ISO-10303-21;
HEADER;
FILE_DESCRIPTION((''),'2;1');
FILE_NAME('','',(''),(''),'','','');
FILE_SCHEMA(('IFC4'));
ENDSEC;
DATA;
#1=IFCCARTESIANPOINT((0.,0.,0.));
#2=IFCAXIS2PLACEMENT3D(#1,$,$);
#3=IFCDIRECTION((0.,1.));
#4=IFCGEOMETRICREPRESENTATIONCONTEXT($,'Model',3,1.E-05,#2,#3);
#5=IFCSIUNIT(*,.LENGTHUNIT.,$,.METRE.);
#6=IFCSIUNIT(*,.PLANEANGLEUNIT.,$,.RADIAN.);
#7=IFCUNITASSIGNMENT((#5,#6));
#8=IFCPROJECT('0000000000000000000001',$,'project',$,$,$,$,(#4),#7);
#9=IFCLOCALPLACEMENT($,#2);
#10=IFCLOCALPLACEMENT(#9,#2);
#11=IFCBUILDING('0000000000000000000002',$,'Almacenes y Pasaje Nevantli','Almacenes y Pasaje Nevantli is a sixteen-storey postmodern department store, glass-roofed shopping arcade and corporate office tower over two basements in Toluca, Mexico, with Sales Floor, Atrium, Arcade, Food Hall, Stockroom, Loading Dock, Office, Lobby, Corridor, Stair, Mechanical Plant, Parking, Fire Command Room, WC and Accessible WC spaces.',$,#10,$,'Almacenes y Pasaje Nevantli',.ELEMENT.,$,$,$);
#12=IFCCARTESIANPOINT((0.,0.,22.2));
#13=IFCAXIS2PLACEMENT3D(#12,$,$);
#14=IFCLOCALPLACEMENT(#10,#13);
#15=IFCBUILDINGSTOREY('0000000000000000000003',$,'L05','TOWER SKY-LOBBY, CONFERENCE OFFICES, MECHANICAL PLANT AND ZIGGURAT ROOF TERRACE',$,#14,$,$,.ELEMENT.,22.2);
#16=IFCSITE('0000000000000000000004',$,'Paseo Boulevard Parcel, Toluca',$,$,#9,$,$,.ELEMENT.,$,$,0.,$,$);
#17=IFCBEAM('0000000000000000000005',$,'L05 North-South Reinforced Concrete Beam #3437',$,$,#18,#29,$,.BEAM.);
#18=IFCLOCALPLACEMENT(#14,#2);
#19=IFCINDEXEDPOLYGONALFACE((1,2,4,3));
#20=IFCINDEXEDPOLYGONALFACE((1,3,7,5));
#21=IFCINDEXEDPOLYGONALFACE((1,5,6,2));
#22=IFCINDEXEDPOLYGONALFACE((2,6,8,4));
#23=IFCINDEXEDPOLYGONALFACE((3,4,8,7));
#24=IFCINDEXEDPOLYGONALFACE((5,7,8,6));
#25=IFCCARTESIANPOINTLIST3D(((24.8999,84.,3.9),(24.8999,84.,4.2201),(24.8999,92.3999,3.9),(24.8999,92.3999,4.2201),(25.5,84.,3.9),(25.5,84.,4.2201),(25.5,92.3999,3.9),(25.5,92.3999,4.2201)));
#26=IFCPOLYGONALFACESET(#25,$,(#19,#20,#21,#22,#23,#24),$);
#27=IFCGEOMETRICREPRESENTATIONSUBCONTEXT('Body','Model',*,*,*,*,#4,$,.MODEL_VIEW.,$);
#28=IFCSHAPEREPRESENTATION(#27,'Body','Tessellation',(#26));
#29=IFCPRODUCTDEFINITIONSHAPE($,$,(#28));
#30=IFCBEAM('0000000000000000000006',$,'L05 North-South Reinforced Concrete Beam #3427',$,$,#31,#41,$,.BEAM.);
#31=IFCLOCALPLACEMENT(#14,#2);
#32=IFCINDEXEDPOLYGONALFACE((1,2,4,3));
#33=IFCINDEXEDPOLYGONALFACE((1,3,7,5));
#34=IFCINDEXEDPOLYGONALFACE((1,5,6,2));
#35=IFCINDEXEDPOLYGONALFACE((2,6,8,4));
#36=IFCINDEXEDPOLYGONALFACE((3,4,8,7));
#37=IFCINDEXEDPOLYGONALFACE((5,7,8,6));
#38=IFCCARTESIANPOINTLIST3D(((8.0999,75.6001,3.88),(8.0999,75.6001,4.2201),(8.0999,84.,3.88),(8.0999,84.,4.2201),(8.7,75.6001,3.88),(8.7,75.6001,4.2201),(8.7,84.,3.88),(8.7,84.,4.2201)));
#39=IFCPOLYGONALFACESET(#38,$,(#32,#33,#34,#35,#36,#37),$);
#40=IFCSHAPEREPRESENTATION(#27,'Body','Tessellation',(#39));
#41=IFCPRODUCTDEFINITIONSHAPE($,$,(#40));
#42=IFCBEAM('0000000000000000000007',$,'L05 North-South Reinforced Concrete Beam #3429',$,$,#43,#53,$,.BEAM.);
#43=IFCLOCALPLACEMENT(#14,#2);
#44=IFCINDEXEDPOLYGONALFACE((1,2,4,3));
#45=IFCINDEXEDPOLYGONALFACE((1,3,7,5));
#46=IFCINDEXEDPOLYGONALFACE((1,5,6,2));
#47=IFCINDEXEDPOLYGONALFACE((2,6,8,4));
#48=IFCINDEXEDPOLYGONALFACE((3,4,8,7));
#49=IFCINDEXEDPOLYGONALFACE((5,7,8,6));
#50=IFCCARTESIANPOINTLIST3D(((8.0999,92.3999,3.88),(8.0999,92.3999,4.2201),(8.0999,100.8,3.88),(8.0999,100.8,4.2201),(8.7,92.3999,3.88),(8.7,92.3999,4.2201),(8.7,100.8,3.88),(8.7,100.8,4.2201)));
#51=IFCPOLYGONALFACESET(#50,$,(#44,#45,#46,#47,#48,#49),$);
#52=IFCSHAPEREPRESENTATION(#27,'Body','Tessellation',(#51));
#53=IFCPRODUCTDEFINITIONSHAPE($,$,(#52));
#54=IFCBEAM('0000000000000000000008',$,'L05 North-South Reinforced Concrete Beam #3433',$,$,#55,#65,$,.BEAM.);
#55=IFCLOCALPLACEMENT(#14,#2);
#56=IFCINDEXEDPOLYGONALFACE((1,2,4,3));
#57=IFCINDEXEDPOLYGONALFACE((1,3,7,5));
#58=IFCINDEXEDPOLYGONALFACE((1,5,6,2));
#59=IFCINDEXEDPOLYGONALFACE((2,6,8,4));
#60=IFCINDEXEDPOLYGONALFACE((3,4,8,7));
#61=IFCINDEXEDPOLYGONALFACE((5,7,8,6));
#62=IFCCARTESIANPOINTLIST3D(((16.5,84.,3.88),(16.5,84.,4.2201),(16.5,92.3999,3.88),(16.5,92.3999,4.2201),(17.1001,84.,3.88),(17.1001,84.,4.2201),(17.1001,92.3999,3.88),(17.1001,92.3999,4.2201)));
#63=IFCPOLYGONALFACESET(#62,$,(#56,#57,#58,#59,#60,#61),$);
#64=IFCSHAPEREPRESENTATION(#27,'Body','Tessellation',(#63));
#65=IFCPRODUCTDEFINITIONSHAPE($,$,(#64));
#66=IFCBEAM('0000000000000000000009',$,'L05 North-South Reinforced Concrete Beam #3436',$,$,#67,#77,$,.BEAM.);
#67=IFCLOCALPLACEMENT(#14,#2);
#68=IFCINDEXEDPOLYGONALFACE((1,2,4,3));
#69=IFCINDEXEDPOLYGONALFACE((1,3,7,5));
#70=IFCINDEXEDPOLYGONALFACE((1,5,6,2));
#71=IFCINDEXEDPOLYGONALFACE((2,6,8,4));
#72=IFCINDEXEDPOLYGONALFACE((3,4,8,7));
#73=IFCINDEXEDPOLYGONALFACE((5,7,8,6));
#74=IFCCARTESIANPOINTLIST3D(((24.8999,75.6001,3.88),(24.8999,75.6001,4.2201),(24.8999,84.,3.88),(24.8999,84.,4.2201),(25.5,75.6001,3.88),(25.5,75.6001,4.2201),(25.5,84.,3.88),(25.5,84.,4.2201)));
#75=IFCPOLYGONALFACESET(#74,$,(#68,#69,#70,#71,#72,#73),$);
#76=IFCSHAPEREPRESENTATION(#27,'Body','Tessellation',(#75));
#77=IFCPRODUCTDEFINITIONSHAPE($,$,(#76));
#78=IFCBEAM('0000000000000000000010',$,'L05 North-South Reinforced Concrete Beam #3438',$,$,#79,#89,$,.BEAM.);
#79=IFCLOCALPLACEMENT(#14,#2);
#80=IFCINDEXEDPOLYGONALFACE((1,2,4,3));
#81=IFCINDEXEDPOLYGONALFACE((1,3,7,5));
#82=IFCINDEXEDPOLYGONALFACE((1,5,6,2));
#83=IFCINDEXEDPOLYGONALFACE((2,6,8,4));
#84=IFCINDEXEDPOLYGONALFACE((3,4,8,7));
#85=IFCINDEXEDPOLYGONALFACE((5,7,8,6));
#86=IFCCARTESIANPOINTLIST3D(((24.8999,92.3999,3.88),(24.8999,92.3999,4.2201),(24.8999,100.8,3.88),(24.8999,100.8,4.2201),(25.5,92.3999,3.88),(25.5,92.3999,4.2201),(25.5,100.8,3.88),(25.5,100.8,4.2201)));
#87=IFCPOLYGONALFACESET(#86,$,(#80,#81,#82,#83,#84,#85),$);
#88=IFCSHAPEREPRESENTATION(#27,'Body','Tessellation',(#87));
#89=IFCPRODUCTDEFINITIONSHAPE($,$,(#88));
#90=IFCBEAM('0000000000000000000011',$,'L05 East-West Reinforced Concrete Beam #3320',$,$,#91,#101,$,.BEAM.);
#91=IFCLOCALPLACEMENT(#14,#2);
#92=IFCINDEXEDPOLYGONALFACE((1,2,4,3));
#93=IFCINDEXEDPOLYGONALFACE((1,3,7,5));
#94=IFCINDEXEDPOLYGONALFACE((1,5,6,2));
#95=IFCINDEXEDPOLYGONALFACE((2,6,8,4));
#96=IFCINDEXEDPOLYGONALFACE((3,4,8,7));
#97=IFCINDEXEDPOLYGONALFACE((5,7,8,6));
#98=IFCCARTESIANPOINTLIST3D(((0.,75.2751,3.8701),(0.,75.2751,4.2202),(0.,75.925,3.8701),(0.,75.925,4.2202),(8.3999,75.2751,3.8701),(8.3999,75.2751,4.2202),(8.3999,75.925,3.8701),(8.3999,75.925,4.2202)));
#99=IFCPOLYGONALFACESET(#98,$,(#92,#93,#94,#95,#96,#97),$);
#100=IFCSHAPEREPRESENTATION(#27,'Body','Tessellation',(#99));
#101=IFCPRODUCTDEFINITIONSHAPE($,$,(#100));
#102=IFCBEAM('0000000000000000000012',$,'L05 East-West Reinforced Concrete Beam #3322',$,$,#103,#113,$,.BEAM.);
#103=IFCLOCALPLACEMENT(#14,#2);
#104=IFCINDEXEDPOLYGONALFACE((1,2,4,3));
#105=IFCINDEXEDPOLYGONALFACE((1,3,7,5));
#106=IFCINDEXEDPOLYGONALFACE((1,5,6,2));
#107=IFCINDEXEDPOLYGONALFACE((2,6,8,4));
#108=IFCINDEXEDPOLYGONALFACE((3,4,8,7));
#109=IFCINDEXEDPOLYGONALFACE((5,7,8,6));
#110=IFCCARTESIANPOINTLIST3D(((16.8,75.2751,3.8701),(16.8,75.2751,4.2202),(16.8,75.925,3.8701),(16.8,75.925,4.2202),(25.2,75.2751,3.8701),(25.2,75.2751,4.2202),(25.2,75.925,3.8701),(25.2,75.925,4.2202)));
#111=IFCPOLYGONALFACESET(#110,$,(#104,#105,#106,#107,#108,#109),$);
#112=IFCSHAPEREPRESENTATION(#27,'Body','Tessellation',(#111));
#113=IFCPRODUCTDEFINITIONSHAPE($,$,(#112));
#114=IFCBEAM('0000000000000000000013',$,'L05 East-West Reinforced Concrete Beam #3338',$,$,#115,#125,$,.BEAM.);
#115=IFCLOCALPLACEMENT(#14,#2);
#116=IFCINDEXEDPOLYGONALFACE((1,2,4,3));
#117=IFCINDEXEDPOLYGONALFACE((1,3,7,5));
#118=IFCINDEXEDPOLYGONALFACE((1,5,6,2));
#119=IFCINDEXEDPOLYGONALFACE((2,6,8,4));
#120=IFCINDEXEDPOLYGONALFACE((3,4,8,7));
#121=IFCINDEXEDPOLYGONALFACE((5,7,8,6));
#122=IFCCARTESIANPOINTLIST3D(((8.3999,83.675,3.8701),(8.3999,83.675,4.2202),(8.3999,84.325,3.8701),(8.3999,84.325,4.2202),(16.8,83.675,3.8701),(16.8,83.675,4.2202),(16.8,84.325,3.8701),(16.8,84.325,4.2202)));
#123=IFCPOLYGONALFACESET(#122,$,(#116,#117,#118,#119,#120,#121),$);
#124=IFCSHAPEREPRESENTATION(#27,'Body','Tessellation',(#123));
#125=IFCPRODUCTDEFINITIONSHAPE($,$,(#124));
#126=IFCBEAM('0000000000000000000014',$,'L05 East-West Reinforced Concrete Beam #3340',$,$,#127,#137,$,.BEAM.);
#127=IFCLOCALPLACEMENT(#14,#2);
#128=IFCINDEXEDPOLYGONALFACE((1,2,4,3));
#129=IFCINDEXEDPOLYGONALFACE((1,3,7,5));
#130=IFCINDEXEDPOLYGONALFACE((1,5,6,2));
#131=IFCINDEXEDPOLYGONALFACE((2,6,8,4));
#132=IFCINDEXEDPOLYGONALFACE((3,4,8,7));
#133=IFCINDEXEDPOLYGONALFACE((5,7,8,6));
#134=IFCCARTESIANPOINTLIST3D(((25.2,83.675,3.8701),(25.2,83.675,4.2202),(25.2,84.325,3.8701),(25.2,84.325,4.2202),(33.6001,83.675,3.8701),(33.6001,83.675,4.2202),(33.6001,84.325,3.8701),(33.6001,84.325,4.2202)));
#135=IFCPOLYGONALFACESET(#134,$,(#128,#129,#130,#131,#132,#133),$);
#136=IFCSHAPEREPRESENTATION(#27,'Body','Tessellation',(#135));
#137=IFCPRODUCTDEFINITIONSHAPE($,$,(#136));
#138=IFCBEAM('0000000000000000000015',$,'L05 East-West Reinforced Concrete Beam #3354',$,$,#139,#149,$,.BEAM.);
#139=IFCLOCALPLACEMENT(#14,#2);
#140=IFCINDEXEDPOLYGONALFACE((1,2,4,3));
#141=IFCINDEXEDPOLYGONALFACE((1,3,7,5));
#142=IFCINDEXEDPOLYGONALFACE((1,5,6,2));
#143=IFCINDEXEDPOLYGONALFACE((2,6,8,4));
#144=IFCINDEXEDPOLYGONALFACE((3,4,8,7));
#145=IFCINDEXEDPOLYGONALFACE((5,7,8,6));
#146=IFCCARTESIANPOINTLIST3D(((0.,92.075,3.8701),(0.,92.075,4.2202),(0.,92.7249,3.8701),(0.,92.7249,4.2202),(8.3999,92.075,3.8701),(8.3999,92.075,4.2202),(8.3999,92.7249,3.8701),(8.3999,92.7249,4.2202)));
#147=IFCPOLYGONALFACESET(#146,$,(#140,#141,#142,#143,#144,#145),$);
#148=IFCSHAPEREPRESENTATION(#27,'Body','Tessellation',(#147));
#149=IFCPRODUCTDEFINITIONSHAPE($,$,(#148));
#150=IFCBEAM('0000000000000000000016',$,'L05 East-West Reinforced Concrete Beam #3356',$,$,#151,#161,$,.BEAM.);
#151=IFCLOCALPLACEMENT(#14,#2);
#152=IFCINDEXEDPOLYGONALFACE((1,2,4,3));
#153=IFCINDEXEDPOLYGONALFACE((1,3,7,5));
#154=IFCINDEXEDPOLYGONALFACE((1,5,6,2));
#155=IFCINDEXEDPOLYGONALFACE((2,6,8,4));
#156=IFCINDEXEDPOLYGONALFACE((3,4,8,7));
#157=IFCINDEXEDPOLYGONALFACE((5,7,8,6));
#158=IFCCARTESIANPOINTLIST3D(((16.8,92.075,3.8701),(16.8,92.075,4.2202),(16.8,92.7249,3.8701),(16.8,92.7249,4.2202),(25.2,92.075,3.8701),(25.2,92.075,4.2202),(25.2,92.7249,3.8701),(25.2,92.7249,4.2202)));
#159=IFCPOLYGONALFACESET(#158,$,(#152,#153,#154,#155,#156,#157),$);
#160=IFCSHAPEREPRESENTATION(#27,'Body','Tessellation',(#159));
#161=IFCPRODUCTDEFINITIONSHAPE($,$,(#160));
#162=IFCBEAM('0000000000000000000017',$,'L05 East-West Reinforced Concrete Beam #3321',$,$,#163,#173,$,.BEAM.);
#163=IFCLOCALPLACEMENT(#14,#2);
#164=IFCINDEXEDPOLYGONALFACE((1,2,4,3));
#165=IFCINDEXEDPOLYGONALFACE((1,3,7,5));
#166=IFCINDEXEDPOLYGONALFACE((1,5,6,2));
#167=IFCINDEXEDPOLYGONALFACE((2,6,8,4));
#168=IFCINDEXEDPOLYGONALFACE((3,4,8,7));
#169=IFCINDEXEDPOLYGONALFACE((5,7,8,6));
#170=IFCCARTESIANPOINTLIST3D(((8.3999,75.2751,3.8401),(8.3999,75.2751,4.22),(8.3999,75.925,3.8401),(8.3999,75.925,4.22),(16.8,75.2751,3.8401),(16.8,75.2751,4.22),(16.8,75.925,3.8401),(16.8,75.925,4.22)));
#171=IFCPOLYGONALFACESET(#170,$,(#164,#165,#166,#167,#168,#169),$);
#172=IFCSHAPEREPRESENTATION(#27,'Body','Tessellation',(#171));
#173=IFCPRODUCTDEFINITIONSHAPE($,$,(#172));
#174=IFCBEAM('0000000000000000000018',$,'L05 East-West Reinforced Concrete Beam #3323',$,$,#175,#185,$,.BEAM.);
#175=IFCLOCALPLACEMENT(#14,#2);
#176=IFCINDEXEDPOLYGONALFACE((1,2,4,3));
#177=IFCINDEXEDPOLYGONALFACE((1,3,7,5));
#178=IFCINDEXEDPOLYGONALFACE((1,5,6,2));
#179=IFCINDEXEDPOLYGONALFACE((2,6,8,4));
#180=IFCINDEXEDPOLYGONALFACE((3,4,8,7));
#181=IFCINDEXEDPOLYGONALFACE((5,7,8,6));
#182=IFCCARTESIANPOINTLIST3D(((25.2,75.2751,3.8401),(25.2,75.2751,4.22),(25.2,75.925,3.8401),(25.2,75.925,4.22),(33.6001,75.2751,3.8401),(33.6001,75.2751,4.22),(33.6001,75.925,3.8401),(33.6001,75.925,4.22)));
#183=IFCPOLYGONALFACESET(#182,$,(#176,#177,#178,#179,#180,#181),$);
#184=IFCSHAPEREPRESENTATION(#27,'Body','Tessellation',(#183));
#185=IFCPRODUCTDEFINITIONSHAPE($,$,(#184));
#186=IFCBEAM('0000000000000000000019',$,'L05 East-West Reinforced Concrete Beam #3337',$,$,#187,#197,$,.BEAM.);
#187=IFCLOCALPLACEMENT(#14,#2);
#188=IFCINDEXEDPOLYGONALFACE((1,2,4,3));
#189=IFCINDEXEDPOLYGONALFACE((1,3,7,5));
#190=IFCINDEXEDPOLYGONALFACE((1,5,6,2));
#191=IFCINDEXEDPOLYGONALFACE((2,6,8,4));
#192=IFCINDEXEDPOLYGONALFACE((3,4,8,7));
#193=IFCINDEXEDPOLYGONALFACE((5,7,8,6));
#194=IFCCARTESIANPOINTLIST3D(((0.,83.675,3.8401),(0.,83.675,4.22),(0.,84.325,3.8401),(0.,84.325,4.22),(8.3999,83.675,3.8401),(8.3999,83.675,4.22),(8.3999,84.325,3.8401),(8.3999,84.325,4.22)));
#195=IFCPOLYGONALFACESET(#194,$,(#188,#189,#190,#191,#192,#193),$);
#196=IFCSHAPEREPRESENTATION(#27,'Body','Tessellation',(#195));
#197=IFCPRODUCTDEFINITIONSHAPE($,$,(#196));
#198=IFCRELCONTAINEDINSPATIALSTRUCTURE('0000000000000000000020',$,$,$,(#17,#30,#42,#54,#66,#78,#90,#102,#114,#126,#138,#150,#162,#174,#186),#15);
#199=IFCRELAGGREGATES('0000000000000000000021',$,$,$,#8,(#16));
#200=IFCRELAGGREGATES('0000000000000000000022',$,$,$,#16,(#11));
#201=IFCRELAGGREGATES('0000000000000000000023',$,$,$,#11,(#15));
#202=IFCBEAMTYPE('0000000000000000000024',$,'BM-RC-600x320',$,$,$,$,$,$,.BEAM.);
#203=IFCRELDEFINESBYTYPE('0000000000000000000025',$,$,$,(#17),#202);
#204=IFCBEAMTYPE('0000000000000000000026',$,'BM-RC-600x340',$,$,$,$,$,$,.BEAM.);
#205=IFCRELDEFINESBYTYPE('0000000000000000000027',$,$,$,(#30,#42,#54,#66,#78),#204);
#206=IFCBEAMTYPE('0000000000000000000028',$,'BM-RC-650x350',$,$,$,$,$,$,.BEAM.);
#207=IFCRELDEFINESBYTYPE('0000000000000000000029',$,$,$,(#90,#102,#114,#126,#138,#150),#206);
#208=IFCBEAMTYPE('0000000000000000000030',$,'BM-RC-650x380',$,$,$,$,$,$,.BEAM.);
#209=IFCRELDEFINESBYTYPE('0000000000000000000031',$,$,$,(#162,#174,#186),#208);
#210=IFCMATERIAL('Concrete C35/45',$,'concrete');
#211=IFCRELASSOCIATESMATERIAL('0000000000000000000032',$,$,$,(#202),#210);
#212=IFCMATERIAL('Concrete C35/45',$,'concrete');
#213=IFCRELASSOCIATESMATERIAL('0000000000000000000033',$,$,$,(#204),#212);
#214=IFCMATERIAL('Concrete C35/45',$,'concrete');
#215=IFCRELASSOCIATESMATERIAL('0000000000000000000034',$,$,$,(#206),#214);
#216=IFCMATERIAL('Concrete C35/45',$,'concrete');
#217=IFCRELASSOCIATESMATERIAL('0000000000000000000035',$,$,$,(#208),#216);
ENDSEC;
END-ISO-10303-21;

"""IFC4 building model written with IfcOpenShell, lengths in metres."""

from ifc_helpers import new_model, si_unit, direction, frame, origin, origin_2d, place, context, subcontext, project, spatial, rectangle, extrude, material, material_profile, profile_set, type_object, element, save


model = new_model("IFC4")

# Units and contexts
model_context = context("Model", 3, precision=1e-05, world=origin(), true_north=direction((0.0, 1.0)))
body_context = subcontext(model_context, "Body", "Model", "MODEL_VIEW")
ifc_project = project(units=[si_unit("LENGTHUNIT", "METRE"), si_unit("PLANEANGLEUNIT", "RADIAN")], contexts=[model_context])

# Site, building, storey
site_placement = place(None, origin())
site = spatial("IfcSite", under=ifc_project, at=site_placement, Name="Paseo Boulevard Parcel, Toluca", CompositionType="ELEMENT", RefElevation=0.0)
building_placement = place(site_placement, origin())
building = spatial("IfcBuilding", under=site, at=building_placement, Name="Almacenes y Pasaje Nevantli", Description="Almacenes y Pasaje Nevantli is a sixteen-storey postmodern department store, glass-roofed shopping arcade and corporate office tower over two basements in Toluca, Mexico, with Sales Floor, Atrium, Arcade, Food Hall, Stockroom, Loading Dock, Office, Lobby, Corridor, Stair, Mechanical Plant, Parking, Fire Command Room, WC and Accessible WC spaces.", LongName="Almacenes y Pasaje Nevantli", CompositionType="ELEMENT")
storey_placement = place(building_placement, frame((0.0, 0.0, 22.2)))
storey = spatial("IfcBuildingStorey", under=building, at=storey_placement, Name="L05", Description="TOWER SKY-LOBBY, CONFERENCE OFFICES, MECHANICAL PLANT AND ZIGGURAT ROOF TERRACE", CompositionType="ELEMENT", Elevation=22.2)

# Beams
ifc_material_1 = material(Name="Concrete C35/45", Category="concrete")
ifc_material_profile_1 = material_profile(ifc_material_1, rectangle(XDim=0.6001, YDim=0.3201, at=origin_2d()), Name="RC-BM-600x320")
ifc_profile_set_1 = profile_set([ifc_material_profile_1], Name="Concrete C35/45")
beam_type_1 = type_object("IfcBeamType", Name="BM-RC-600x320", PredefinedType="BEAM", material=ifc_profile_set_1)
for number, where, z_axis, x_axis, name in (
    (1, (25.2, 84.0, 4.0601), (0.0, 1.0, 0.0), (-1.0, 0.0, 0.0), "L05 North-South Reinforced Concrete Beam #3437"),
):
    element("IfcBeam", number, at=place(storey_placement, frame(where, z_axis=z_axis, x_axis=x_axis)), inside=storey, type_object=beam_type_1, Name=name, PredefinedType="BEAM", context=body_context, shape_type="SweptSolid", body=[
        extrude(rectangle(XDim=0.6001, YDim=0.3201, at=origin_2d()), origin(), (0.0, 0.0, 1.0), 8.3999),
    ])
ifc_material_2 = material(Name="Concrete C35/45", Category="concrete")
ifc_material_profile_2 = material_profile(ifc_material_2, rectangle(XDim=0.6001, YDim=0.3401, at=origin_2d()), Name="RC-BM-600x340")
ifc_profile_set_2 = profile_set([ifc_material_profile_2], Name="Concrete C35/45")
beam_type_2 = type_object("IfcBeamType", Name="BM-RC-600x340", PredefinedType="BEAM", material=ifc_profile_set_2)
beam_1_placement = place(storey_placement, frame((8.3999, 75.6001, 4.05), z_axis=(0.0, 1.0, 0.0), x_axis=(-1.0, 0.0, 0.0)))
element("IfcBeam", 2, at=beam_1_placement, inside=storey, type_object=beam_type_2, Name="L05 North-South Reinforced Concrete Beam #3427", PredefinedType="BEAM", context=body_context, shape_type="SweptSolid", body=[
    extrude(rectangle(XDim=0.6001, YDim=0.3401, at=origin_2d()), origin(), (0.0, 0.0, 1.0), 8.3999),
])
beam_2_placement = place(storey_placement, frame((8.3999, 92.3999, 4.05), z_axis=(0.0, 1.0, 0.0), x_axis=(-1.0, 0.0, 0.0)))
element("IfcBeam", 3, at=beam_2_placement, inside=storey, type_object=beam_type_2, Name="L05 North-South Reinforced Concrete Beam #3429", PredefinedType="BEAM", context=body_context, shape_type="SweptSolid", body=[
    extrude(rectangle(XDim=0.6001, YDim=0.3401, at=origin_2d()), origin(), (0.0, 0.0, 1.0), 8.4001),
])
for number, where, z_axis, x_axis, name in (
    (4, (16.8, 84.0, 4.05), (0.0, 1.0, 0.0), (-1.0, 0.0, 0.0), "L05 North-South Reinforced Concrete Beam #3433"),
    (5, (25.2, 75.6001, 4.05), (0.0, 1.0, 0.0), (-1.0, 0.0, 0.0), "L05 North-South Reinforced Concrete Beam #3436"),
):
    element("IfcBeam", number, at=place(storey_placement, frame(where, z_axis=z_axis, x_axis=x_axis)), inside=storey, type_object=beam_type_2, Name=name, PredefinedType="BEAM", context=body_context, shape_type="SweptSolid", body=[
        extrude(rectangle(XDim=0.6001, YDim=0.3401, at=origin_2d()), origin(), (0.0, 0.0, 1.0), 8.3999),
    ])
beam_3_placement = place(storey_placement, frame((25.2, 92.3999, 4.05), z_axis=(0.0, 1.0, 0.0), x_axis=(-1.0, 0.0, 0.0)))
element("IfcBeam", 6, at=beam_3_placement, inside=storey, type_object=beam_type_2, Name="L05 North-South Reinforced Concrete Beam #3438", PredefinedType="BEAM", context=body_context, shape_type="SweptSolid", body=[
    extrude(rectangle(XDim=0.6001, YDim=0.3401, at=origin_2d()), origin(), (0.0, 0.0, 1.0), 8.4001),
])
ifc_material_3 = material(Name="Concrete C35/45", Category="concrete")
ifc_material_profile_3 = material_profile(ifc_material_3, rectangle(XDim=0.6499, YDim=0.3501, at=origin_2d()), Name="RC-BM-650x350")
ifc_profile_set_3 = profile_set([ifc_material_profile_3], Name="Concrete C35/45")
beam_type_3 = type_object("IfcBeamType", Name="BM-RC-650x350", PredefinedType="BEAM", material=ifc_profile_set_3)
for number, where, z_axis, x_axis, name in (
    (7, (0.0, 75.6001, 4.0452), (1.0, 0.0, 0.0), (0.0, 1.0, 0.0), "L05 East-West Reinforced Concrete Beam #3320"),
    (8, (16.8, 75.6001, 4.0452), (1.0, 0.0, 0.0), (0.0, 1.0, 0.0), "L05 East-West Reinforced Concrete Beam #3322"),
):
    element("IfcBeam", number, at=place(storey_placement, frame(where, z_axis=z_axis, x_axis=x_axis)), inside=storey, type_object=beam_type_3, Name=name, PredefinedType="BEAM", context=body_context, shape_type="SweptSolid", body=[
        extrude(rectangle(XDim=0.6499, YDim=0.3501, at=origin_2d()), origin(), (0.0, 0.0, 1.0), 8.3999),
    ])
for number, where, z_axis, x_axis, name in (
    (9, (8.3999, 84.0, 4.0452), (1.0, 0.0, 0.0), (0.0, 1.0, 0.0), "L05 East-West Reinforced Concrete Beam #3338"),
    (10, (25.2, 84.0, 4.0452), (1.0, 0.0, 0.0), (0.0, 1.0, 0.0), "L05 East-West Reinforced Concrete Beam #3340"),
):
    element("IfcBeam", number, at=place(storey_placement, frame(where, z_axis=z_axis, x_axis=x_axis)), inside=storey, type_object=beam_type_3, Name=name, PredefinedType="BEAM", context=body_context, shape_type="SweptSolid", body=[
        extrude(rectangle(XDim=0.6499, YDim=0.3501, at=origin_2d()), origin(), (0.0, 0.0, 1.0), 8.4001),
    ])
for number, where, z_axis, x_axis, name in (
    (11, (0.0, 92.3999, 4.0452), (1.0, 0.0, 0.0), (0.0, 1.0, 0.0), "L05 East-West Reinforced Concrete Beam #3354"),
    (12, (16.8, 92.3999, 4.0452), (1.0, 0.0, 0.0), (0.0, 1.0, 0.0), "L05 East-West Reinforced Concrete Beam #3356"),
):
    element("IfcBeam", number, at=place(storey_placement, frame(where, z_axis=z_axis, x_axis=x_axis)), inside=storey, type_object=beam_type_3, Name=name, PredefinedType="BEAM", context=body_context, shape_type="SweptSolid", body=[
        extrude(rectangle(XDim=0.6499, YDim=0.3501, at=origin_2d()), origin(), (0.0, 0.0, 1.0), 8.3999),
    ])
ifc_material_4 = material(Name="Concrete C35/45", Category="concrete")
ifc_material_profile_4 = material_profile(ifc_material_4, rectangle(XDim=0.6499, YDim=0.3799, at=origin_2d()), Name="RC-BM-650x380")
ifc_profile_set_4 = profile_set([ifc_material_profile_4], Name="Concrete C35/45")
beam_type_4 = type_object("IfcBeamType", Name="BM-RC-650x380", PredefinedType="BEAM", material=ifc_profile_set_4)
for number, where, z_axis, x_axis, name in (
    (13, (8.3999, 75.6001, 4.03), (1.0, 0.0, 0.0), (0.0, 1.0, 0.0), "L05 East-West Reinforced Concrete Beam #3321"),
    (14, (25.2, 75.6001, 4.03), (1.0, 0.0, 0.0), (0.0, 1.0, 0.0), "L05 East-West Reinforced Concrete Beam #3323"),
):
    element("IfcBeam", number, at=place(storey_placement, frame(where, z_axis=z_axis, x_axis=x_axis)), inside=storey, type_object=beam_type_4, Name=name, PredefinedType="BEAM", context=body_context, shape_type="SweptSolid", body=[
        extrude(rectangle(XDim=0.6499, YDim=0.3799, at=origin_2d()), origin(), (0.0, 0.0, 1.0), 8.4001),
    ])
for number, where, z_axis, x_axis, name in (
    (15, (0.0, 84.0, 4.03), (1.0, 0.0, 0.0), (0.0, 1.0, 0.0), "L05 East-West Reinforced Concrete Beam #3337"),
):
    element("IfcBeam", number, at=place(storey_placement, frame(where, z_axis=z_axis, x_axis=x_axis)), inside=storey, type_object=beam_type_4, Name=name, PredefinedType="BEAM", context=body_context, shape_type="SweptSolid", body=[
        extrude(rectangle(XDim=0.6499, YDim=0.3799, at=origin_2d()), origin(), (0.0, 0.0, 1.0), 8.3999),
    ])

save(model, "model.ifc")
